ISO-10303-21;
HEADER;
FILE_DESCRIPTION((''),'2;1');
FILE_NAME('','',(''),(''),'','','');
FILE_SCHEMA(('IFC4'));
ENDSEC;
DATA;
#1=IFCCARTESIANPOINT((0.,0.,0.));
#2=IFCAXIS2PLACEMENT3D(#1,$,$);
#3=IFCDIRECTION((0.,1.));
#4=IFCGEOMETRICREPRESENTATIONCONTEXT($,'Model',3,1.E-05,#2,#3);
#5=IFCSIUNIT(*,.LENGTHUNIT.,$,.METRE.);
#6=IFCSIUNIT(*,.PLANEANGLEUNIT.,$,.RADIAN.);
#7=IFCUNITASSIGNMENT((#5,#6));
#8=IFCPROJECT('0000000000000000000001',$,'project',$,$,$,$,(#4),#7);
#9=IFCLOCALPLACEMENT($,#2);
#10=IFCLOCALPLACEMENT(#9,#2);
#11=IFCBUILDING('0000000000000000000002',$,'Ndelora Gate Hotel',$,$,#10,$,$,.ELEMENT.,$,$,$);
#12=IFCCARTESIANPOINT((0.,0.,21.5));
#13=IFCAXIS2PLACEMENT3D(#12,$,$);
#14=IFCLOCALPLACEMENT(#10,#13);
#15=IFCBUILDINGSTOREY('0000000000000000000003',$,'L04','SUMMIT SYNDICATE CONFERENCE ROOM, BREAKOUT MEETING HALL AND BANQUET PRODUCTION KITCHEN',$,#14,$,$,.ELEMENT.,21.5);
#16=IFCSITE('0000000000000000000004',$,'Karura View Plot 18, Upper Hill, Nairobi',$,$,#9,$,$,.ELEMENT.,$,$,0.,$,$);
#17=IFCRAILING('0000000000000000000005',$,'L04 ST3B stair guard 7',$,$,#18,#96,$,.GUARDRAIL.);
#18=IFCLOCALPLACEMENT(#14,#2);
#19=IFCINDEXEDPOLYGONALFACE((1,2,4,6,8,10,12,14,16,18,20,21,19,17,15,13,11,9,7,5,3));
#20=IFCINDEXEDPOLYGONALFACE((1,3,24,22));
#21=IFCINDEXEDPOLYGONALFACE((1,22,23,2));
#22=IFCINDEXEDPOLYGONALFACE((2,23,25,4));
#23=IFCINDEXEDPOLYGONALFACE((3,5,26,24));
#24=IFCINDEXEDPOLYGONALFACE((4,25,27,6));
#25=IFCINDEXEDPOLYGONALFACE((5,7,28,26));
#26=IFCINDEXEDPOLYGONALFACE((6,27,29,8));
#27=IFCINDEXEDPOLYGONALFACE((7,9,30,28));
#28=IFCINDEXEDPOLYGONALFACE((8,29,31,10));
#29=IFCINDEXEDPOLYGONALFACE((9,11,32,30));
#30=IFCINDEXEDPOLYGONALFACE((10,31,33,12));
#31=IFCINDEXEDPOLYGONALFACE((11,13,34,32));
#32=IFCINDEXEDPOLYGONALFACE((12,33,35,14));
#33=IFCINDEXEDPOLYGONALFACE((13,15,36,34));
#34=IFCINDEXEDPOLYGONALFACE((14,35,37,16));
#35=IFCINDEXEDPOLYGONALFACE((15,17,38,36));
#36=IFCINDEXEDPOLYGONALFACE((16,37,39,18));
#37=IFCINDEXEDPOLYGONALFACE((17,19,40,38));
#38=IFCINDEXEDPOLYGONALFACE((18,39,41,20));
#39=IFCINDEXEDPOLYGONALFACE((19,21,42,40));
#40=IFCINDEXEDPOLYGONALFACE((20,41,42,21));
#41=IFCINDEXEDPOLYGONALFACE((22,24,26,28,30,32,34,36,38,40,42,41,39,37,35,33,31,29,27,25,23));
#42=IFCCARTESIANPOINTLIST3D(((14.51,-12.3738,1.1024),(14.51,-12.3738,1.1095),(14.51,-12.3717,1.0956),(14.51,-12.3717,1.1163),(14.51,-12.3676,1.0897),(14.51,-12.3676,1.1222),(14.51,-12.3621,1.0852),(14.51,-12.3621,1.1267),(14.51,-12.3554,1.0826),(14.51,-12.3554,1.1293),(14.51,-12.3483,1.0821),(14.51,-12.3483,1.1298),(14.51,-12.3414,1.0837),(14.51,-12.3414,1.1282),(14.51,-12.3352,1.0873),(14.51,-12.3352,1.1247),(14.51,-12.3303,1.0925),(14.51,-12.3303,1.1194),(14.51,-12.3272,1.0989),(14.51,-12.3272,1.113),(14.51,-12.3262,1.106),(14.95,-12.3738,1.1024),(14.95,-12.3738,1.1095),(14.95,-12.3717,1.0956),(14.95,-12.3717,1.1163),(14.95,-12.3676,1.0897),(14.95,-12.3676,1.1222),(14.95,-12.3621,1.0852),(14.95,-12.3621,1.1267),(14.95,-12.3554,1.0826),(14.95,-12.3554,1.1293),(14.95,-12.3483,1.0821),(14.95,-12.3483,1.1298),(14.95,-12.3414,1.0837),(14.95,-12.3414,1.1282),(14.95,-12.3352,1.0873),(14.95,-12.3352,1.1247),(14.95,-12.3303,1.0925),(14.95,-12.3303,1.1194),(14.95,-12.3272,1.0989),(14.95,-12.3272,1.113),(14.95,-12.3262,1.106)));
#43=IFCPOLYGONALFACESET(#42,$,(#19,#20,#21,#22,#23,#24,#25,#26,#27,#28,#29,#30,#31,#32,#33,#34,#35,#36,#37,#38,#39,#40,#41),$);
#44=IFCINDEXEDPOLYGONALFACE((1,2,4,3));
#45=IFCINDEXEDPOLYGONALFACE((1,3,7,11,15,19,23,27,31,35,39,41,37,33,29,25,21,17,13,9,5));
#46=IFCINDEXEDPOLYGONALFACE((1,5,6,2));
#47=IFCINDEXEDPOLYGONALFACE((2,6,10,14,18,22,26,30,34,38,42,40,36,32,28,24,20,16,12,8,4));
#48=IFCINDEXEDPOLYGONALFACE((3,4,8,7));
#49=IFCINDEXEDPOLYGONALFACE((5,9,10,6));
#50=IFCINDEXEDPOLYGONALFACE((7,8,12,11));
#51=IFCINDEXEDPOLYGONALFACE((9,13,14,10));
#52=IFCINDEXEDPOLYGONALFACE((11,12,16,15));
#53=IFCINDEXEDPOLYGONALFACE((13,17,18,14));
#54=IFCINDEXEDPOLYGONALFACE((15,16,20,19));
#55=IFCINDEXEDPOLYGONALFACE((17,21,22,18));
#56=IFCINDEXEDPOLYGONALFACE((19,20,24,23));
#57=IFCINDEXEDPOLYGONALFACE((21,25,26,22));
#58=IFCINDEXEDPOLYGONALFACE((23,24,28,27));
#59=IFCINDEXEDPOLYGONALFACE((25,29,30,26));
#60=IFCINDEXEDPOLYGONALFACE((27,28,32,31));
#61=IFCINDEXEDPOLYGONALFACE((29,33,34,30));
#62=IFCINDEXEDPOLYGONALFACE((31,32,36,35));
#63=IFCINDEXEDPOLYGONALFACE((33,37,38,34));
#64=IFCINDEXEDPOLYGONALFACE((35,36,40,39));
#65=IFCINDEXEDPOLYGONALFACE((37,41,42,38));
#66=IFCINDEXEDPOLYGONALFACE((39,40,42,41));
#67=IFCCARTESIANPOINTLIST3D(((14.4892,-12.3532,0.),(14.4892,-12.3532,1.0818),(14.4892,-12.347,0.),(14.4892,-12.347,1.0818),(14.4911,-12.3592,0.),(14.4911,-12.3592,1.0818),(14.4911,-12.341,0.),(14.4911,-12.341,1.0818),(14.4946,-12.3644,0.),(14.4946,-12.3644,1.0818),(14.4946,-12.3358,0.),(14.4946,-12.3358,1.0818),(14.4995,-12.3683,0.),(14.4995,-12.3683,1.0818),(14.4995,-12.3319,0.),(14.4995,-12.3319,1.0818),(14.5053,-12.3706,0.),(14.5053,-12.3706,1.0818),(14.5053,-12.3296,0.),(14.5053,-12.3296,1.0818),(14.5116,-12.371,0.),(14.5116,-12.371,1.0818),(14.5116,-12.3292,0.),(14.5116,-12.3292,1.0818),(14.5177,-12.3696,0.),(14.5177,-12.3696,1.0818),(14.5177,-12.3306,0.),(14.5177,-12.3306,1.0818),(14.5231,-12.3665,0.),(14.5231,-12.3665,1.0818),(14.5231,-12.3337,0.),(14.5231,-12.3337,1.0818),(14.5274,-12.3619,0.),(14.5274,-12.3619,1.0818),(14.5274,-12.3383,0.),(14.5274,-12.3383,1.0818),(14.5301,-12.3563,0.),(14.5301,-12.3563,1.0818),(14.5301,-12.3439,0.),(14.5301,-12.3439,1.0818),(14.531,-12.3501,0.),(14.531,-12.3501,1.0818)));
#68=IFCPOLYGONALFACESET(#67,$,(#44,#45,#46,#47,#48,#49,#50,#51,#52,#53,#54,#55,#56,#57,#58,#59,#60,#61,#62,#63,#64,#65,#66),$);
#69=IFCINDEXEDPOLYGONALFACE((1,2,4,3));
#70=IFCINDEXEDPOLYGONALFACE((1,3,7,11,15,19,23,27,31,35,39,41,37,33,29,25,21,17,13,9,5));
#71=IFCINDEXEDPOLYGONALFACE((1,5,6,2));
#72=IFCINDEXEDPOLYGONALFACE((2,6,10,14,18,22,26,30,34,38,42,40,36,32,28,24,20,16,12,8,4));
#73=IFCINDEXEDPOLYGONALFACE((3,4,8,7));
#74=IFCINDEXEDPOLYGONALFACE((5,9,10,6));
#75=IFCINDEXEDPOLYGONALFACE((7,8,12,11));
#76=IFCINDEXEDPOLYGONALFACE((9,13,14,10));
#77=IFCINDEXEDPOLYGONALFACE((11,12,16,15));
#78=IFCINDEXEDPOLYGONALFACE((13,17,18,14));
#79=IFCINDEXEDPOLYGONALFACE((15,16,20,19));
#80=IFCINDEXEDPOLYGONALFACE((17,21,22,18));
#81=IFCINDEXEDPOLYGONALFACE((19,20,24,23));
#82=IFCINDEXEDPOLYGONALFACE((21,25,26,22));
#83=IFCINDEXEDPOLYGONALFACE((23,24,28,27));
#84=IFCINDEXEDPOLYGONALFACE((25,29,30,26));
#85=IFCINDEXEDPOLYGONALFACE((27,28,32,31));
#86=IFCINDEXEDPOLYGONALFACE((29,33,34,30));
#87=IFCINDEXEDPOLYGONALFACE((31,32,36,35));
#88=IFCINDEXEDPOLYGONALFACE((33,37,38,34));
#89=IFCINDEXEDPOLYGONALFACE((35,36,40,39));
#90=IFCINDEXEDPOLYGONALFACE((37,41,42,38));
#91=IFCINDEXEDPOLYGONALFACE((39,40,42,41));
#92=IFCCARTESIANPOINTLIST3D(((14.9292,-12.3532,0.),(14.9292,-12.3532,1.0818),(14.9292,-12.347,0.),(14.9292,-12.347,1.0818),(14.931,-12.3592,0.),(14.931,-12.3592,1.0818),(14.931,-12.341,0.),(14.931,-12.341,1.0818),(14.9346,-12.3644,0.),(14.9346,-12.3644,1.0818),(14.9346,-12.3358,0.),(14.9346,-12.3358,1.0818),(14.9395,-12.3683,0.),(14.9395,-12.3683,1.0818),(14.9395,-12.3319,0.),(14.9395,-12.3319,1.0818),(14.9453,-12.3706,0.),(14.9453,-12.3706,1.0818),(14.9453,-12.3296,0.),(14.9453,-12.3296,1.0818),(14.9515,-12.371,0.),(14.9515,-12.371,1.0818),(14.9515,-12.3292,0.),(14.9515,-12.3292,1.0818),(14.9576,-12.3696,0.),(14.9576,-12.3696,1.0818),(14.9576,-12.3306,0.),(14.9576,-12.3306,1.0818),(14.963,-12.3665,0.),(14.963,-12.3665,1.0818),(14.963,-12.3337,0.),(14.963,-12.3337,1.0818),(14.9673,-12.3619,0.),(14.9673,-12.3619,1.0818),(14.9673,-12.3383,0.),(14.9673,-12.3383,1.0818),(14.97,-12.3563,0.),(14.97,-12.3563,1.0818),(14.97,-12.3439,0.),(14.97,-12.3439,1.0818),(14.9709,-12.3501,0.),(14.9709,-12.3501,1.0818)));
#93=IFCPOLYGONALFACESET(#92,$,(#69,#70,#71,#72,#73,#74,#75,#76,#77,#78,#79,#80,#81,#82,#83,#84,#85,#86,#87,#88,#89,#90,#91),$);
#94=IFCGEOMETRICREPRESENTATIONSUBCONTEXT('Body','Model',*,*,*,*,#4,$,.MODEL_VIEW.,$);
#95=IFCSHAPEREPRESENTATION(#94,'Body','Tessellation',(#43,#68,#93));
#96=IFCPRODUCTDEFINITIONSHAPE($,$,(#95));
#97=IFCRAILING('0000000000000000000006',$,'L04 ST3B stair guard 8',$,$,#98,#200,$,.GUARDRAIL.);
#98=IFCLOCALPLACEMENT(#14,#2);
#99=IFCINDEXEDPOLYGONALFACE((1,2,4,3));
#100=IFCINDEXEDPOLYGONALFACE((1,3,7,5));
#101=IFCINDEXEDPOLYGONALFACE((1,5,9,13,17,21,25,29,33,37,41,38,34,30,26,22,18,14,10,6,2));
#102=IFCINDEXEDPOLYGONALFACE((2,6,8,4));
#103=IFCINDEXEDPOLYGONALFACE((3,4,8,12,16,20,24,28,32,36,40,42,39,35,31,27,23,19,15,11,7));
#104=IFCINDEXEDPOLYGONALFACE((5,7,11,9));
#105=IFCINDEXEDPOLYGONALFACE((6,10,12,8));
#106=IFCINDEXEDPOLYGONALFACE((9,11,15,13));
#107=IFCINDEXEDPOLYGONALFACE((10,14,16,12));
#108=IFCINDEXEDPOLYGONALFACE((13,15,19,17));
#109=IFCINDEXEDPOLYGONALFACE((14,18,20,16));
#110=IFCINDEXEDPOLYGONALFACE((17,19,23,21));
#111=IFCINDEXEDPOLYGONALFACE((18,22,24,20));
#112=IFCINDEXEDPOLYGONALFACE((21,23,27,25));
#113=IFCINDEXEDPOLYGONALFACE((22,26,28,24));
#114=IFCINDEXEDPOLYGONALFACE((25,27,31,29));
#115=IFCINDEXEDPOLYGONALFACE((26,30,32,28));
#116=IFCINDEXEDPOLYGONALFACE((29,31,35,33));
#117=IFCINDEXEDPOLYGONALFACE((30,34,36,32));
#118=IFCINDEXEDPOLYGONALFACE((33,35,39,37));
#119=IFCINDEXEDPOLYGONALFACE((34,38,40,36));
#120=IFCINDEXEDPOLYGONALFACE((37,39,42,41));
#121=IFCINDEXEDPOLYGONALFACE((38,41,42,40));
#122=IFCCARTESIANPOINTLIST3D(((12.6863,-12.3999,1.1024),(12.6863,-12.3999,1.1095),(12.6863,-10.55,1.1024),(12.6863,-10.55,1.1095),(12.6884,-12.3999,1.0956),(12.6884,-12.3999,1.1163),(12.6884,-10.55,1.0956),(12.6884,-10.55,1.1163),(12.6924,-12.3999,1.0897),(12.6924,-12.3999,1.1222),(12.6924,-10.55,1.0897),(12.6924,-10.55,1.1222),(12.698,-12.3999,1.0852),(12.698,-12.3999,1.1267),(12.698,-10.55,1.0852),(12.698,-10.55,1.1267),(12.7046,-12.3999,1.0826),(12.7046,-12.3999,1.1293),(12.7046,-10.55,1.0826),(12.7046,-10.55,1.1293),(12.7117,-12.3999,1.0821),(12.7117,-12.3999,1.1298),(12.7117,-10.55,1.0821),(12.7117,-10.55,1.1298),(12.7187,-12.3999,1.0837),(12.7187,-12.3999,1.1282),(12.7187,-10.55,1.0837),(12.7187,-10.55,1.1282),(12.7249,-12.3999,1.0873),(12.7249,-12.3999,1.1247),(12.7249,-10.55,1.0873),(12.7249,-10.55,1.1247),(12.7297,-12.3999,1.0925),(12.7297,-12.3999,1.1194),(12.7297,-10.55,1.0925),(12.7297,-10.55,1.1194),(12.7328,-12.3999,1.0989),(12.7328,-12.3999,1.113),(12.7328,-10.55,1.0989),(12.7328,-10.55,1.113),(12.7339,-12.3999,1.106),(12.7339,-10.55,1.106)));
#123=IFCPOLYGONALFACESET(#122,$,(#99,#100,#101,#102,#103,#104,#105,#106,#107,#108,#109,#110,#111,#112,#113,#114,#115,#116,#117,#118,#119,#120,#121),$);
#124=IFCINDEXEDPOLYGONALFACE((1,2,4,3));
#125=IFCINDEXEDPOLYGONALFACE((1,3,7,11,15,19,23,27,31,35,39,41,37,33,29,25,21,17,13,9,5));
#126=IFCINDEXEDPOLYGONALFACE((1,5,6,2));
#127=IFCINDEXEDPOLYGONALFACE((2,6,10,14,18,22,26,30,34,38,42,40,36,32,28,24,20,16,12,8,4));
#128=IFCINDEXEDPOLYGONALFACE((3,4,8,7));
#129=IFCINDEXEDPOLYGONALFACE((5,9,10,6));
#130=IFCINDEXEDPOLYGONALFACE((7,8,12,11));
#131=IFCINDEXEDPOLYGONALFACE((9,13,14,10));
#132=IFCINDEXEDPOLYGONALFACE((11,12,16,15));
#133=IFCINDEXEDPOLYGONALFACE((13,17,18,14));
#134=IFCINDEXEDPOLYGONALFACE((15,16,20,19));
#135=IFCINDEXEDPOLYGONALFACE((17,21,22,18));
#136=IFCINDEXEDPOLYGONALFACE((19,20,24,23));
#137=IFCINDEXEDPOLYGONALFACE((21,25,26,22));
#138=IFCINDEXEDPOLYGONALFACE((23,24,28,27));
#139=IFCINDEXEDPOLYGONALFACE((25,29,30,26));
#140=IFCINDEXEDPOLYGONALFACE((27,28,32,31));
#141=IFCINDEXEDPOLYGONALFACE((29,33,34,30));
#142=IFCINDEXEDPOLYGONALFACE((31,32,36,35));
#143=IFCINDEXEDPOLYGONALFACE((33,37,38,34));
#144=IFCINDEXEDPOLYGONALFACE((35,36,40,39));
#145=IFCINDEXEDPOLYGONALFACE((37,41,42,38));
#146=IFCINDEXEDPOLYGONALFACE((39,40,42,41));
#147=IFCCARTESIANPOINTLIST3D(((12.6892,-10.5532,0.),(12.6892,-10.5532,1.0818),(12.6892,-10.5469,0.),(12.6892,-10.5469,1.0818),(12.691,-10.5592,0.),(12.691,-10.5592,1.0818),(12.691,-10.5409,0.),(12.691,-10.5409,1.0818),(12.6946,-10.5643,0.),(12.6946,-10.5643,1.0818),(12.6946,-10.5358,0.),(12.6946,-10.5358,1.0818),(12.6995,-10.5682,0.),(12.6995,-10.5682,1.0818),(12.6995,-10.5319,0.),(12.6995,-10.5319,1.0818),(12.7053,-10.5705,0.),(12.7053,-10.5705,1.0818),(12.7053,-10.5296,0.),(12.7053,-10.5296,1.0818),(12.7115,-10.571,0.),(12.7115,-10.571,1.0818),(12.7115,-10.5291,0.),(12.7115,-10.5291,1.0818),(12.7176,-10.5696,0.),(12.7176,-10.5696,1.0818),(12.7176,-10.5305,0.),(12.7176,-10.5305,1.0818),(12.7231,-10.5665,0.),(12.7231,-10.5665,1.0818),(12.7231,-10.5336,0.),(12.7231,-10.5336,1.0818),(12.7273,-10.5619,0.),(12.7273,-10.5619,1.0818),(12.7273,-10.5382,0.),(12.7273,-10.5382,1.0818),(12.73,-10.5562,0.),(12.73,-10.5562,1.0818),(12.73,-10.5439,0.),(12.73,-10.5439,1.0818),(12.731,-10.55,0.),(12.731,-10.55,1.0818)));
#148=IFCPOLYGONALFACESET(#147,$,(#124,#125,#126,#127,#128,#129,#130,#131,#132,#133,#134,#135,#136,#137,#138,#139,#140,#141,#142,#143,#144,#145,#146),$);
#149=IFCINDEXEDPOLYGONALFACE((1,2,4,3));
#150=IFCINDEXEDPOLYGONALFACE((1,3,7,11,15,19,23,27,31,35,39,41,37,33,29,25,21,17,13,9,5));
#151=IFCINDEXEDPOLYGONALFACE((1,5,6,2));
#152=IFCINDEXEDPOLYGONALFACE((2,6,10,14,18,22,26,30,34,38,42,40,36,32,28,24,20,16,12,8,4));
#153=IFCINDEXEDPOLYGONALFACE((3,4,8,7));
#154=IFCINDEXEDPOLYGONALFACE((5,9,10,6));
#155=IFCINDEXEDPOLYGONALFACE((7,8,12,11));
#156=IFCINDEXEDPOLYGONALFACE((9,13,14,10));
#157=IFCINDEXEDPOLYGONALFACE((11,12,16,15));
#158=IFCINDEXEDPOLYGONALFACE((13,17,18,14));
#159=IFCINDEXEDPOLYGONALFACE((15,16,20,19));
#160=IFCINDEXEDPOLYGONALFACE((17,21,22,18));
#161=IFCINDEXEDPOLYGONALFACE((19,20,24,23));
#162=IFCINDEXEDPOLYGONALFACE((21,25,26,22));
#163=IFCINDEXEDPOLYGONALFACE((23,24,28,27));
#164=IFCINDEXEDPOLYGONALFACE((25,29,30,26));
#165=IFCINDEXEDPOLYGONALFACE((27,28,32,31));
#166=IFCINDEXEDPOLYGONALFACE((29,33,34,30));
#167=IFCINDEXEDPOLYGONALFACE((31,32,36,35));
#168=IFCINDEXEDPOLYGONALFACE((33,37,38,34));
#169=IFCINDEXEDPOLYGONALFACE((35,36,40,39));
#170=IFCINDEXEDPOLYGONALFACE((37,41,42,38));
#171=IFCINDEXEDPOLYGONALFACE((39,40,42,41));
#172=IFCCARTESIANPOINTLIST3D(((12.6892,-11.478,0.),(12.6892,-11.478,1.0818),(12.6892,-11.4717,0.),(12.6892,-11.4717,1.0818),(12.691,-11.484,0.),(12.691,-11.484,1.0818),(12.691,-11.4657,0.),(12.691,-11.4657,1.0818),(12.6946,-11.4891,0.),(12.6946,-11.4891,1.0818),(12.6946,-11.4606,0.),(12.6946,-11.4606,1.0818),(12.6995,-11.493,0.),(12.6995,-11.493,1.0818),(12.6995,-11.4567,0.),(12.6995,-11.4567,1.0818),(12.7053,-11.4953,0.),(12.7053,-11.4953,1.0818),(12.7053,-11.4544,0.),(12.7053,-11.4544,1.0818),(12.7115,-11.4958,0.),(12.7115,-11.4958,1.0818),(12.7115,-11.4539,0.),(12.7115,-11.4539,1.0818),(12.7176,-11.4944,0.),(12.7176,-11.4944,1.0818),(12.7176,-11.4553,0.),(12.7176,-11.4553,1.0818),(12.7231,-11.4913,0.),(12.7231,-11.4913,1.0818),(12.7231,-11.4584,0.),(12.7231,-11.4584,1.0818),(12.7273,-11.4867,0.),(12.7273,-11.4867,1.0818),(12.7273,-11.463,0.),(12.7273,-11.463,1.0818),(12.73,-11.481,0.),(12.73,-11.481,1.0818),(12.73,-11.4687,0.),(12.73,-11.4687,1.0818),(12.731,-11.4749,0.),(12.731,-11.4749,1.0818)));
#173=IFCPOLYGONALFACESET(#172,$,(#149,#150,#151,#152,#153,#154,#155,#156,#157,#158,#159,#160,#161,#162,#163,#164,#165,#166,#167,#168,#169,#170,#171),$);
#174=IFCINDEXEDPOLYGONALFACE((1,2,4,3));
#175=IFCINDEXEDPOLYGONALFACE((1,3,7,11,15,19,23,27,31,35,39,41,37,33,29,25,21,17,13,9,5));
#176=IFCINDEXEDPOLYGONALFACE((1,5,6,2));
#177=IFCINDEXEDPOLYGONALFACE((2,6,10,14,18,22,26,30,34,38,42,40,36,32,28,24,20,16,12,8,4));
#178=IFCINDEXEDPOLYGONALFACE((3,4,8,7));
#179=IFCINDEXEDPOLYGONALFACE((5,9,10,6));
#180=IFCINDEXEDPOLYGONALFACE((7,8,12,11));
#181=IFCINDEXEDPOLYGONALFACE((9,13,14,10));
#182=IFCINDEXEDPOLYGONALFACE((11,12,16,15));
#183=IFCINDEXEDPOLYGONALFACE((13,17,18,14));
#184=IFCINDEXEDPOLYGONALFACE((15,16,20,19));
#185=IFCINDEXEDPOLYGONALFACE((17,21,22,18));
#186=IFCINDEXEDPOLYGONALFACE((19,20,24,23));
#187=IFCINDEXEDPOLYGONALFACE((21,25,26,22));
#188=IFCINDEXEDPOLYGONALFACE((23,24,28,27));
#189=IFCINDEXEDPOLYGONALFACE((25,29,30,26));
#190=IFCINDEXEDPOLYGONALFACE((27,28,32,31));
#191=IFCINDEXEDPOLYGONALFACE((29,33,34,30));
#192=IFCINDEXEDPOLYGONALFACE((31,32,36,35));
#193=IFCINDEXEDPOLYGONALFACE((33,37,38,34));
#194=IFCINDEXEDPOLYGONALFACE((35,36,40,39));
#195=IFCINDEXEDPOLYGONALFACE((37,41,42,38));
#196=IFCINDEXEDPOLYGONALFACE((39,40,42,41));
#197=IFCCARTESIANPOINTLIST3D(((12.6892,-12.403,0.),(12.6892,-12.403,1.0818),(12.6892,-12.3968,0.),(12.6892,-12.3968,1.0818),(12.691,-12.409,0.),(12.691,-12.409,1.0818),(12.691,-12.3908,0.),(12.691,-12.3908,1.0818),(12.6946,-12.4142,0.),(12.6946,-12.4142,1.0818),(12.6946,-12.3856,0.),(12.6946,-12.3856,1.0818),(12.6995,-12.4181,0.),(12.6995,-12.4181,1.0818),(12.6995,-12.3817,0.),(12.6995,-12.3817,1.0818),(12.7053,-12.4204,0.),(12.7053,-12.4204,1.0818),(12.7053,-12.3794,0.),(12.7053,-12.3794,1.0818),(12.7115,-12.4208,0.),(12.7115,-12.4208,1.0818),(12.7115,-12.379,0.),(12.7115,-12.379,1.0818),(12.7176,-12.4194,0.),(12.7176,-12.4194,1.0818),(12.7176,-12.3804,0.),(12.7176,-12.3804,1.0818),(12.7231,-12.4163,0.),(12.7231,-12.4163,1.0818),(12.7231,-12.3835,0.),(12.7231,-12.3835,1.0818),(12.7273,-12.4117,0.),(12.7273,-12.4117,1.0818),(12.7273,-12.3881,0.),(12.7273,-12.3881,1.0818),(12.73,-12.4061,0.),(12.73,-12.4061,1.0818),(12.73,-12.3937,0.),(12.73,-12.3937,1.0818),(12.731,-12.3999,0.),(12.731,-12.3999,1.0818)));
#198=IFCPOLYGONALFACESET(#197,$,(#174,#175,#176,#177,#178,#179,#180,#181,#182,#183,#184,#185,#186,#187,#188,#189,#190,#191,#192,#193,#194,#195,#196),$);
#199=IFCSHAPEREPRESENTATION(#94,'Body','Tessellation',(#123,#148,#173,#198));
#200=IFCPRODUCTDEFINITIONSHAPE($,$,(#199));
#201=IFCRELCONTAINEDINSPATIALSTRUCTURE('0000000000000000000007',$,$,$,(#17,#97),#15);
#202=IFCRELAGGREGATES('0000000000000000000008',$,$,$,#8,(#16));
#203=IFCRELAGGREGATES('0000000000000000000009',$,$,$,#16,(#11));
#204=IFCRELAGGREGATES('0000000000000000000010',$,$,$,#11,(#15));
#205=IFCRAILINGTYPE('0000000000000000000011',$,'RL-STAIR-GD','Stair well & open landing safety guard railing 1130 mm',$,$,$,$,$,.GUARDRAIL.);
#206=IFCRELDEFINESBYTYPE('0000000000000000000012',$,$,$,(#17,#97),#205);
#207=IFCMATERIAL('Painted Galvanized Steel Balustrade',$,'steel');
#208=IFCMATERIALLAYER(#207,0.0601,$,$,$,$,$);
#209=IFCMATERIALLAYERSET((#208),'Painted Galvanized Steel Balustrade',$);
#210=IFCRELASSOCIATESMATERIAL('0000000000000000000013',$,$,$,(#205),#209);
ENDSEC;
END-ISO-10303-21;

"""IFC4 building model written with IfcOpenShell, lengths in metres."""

from ifc_helpers import new_model, si_unit, direction, frame, origin, origin_2d, place, context, subcontext, project, spatial, circle, extrude, material, layer, layer_set, type_object, element, save


model = new_model("IFC4")

# Units and contexts
model_context = context("Model", 3, precision=1e-05, world=origin(), true_north=direction((0.0, 1.0)))
body_context = subcontext(model_context, "Body", "Model", "MODEL_VIEW")
ifc_project = project(units=[si_unit("LENGTHUNIT", "METRE"), si_unit("PLANEANGLEUNIT", "RADIAN")], contexts=[model_context])

# Site, building, storey
site_placement = place(None, origin())
site = spatial("IfcSite", under=ifc_project, at=site_placement, Name="Karura View Plot 18, Upper Hill, Nairobi", CompositionType="ELEMENT", RefElevation=0.0)
building_placement = place(site_placement, origin())
building = spatial("IfcBuilding", under=site, at=building_placement, Name="Ndelora Gate Hotel", CompositionType="ELEMENT")
storey_placement = place(building_placement, frame((0.0, 0.0, 21.5)))
storey = spatial("IfcBuildingStorey", under=building, at=storey_placement, Name="L04", Description="SUMMIT SYNDICATE CONFERENCE ROOM, BREAKOUT MEETING HALL AND BANQUET PRODUCTION KITCHEN", CompositionType="ELEMENT", Elevation=21.5)

# Railings
ifc_material_1 = material(Name="Painted Galvanized Steel Balustrade", Category="steel")
ifc_layer_1 = layer(ifc_material_1, 0.0601)
ifc_layer_set_1 = layer_set([ifc_layer_1], Name="Painted Galvanized Steel Balustrade")
railing_type_1 = type_object("IfcRailingType", Name="RL-STAIR-GD", Description="Stair well & open landing safety guard railing 1130 mm", PredefinedType="GUARDRAIL", material=ifc_layer_set_1)
railing_1_placement = place(storey_placement, frame((14.51, -12.3501, 0.0)))
element("IfcRailing", 1, at=railing_1_placement, inside=storey, type_object=railing_type_1, Name="L04 ST3B stair guard 7", PredefinedType="GUARDRAIL", context=body_context, shape_type="SweptSolid", body=[
    extrude(circle(Radius=0.0239, at=origin_2d()), frame((0.0, 0.0, 1.106), z_axis=(1.0, 0.0, 0.0), x_axis=(0.0, 1.0, 0.0)), (0.0, 0.0, 1.0), 0.4399),
    extrude(circle(Radius=0.021, at=origin_2d()), origin(), (0.0, 0.0, 1.0), 1.0818),
    extrude(circle(Radius=0.021, at=origin_2d()), frame((0.4399, 0.0, 0.0)), (0.0, 0.0, 1.0), 1.0818),
])
railing_2_placement = place(storey_placement, frame((12.71, -10.55, 0.0)))
element("IfcRailing", 2, at=railing_2_placement, inside=storey, type_object=railing_type_1, Name="L04 ST3B stair guard 8", PredefinedType="GUARDRAIL", context=body_context, shape_type="SweptSolid", body=[
    extrude(circle(Radius=0.0239, at=origin_2d()), frame((0.0, 0.0, 1.106), z_axis=(0.0, -1.0, 0.0), x_axis=(1.0, 0.0, 0.0)), (0.0, 0.0, 1.0), 1.8499),
    extrude(circle(Radius=0.021, at=origin_2d()), origin(), (0.0, 0.0, 1.0), 1.0818),
    extrude(circle(Radius=0.021, at=origin_2d()), frame((0.0, -0.9248, 0.0)), (0.0, 0.0, 1.0), 1.0818),
    extrude(circle(Radius=0.021, at=origin_2d()), frame((0.0, -1.8499, 0.0)), (0.0, 0.0, 1.0), 1.0818),
])

save(model, "model.ifc")
